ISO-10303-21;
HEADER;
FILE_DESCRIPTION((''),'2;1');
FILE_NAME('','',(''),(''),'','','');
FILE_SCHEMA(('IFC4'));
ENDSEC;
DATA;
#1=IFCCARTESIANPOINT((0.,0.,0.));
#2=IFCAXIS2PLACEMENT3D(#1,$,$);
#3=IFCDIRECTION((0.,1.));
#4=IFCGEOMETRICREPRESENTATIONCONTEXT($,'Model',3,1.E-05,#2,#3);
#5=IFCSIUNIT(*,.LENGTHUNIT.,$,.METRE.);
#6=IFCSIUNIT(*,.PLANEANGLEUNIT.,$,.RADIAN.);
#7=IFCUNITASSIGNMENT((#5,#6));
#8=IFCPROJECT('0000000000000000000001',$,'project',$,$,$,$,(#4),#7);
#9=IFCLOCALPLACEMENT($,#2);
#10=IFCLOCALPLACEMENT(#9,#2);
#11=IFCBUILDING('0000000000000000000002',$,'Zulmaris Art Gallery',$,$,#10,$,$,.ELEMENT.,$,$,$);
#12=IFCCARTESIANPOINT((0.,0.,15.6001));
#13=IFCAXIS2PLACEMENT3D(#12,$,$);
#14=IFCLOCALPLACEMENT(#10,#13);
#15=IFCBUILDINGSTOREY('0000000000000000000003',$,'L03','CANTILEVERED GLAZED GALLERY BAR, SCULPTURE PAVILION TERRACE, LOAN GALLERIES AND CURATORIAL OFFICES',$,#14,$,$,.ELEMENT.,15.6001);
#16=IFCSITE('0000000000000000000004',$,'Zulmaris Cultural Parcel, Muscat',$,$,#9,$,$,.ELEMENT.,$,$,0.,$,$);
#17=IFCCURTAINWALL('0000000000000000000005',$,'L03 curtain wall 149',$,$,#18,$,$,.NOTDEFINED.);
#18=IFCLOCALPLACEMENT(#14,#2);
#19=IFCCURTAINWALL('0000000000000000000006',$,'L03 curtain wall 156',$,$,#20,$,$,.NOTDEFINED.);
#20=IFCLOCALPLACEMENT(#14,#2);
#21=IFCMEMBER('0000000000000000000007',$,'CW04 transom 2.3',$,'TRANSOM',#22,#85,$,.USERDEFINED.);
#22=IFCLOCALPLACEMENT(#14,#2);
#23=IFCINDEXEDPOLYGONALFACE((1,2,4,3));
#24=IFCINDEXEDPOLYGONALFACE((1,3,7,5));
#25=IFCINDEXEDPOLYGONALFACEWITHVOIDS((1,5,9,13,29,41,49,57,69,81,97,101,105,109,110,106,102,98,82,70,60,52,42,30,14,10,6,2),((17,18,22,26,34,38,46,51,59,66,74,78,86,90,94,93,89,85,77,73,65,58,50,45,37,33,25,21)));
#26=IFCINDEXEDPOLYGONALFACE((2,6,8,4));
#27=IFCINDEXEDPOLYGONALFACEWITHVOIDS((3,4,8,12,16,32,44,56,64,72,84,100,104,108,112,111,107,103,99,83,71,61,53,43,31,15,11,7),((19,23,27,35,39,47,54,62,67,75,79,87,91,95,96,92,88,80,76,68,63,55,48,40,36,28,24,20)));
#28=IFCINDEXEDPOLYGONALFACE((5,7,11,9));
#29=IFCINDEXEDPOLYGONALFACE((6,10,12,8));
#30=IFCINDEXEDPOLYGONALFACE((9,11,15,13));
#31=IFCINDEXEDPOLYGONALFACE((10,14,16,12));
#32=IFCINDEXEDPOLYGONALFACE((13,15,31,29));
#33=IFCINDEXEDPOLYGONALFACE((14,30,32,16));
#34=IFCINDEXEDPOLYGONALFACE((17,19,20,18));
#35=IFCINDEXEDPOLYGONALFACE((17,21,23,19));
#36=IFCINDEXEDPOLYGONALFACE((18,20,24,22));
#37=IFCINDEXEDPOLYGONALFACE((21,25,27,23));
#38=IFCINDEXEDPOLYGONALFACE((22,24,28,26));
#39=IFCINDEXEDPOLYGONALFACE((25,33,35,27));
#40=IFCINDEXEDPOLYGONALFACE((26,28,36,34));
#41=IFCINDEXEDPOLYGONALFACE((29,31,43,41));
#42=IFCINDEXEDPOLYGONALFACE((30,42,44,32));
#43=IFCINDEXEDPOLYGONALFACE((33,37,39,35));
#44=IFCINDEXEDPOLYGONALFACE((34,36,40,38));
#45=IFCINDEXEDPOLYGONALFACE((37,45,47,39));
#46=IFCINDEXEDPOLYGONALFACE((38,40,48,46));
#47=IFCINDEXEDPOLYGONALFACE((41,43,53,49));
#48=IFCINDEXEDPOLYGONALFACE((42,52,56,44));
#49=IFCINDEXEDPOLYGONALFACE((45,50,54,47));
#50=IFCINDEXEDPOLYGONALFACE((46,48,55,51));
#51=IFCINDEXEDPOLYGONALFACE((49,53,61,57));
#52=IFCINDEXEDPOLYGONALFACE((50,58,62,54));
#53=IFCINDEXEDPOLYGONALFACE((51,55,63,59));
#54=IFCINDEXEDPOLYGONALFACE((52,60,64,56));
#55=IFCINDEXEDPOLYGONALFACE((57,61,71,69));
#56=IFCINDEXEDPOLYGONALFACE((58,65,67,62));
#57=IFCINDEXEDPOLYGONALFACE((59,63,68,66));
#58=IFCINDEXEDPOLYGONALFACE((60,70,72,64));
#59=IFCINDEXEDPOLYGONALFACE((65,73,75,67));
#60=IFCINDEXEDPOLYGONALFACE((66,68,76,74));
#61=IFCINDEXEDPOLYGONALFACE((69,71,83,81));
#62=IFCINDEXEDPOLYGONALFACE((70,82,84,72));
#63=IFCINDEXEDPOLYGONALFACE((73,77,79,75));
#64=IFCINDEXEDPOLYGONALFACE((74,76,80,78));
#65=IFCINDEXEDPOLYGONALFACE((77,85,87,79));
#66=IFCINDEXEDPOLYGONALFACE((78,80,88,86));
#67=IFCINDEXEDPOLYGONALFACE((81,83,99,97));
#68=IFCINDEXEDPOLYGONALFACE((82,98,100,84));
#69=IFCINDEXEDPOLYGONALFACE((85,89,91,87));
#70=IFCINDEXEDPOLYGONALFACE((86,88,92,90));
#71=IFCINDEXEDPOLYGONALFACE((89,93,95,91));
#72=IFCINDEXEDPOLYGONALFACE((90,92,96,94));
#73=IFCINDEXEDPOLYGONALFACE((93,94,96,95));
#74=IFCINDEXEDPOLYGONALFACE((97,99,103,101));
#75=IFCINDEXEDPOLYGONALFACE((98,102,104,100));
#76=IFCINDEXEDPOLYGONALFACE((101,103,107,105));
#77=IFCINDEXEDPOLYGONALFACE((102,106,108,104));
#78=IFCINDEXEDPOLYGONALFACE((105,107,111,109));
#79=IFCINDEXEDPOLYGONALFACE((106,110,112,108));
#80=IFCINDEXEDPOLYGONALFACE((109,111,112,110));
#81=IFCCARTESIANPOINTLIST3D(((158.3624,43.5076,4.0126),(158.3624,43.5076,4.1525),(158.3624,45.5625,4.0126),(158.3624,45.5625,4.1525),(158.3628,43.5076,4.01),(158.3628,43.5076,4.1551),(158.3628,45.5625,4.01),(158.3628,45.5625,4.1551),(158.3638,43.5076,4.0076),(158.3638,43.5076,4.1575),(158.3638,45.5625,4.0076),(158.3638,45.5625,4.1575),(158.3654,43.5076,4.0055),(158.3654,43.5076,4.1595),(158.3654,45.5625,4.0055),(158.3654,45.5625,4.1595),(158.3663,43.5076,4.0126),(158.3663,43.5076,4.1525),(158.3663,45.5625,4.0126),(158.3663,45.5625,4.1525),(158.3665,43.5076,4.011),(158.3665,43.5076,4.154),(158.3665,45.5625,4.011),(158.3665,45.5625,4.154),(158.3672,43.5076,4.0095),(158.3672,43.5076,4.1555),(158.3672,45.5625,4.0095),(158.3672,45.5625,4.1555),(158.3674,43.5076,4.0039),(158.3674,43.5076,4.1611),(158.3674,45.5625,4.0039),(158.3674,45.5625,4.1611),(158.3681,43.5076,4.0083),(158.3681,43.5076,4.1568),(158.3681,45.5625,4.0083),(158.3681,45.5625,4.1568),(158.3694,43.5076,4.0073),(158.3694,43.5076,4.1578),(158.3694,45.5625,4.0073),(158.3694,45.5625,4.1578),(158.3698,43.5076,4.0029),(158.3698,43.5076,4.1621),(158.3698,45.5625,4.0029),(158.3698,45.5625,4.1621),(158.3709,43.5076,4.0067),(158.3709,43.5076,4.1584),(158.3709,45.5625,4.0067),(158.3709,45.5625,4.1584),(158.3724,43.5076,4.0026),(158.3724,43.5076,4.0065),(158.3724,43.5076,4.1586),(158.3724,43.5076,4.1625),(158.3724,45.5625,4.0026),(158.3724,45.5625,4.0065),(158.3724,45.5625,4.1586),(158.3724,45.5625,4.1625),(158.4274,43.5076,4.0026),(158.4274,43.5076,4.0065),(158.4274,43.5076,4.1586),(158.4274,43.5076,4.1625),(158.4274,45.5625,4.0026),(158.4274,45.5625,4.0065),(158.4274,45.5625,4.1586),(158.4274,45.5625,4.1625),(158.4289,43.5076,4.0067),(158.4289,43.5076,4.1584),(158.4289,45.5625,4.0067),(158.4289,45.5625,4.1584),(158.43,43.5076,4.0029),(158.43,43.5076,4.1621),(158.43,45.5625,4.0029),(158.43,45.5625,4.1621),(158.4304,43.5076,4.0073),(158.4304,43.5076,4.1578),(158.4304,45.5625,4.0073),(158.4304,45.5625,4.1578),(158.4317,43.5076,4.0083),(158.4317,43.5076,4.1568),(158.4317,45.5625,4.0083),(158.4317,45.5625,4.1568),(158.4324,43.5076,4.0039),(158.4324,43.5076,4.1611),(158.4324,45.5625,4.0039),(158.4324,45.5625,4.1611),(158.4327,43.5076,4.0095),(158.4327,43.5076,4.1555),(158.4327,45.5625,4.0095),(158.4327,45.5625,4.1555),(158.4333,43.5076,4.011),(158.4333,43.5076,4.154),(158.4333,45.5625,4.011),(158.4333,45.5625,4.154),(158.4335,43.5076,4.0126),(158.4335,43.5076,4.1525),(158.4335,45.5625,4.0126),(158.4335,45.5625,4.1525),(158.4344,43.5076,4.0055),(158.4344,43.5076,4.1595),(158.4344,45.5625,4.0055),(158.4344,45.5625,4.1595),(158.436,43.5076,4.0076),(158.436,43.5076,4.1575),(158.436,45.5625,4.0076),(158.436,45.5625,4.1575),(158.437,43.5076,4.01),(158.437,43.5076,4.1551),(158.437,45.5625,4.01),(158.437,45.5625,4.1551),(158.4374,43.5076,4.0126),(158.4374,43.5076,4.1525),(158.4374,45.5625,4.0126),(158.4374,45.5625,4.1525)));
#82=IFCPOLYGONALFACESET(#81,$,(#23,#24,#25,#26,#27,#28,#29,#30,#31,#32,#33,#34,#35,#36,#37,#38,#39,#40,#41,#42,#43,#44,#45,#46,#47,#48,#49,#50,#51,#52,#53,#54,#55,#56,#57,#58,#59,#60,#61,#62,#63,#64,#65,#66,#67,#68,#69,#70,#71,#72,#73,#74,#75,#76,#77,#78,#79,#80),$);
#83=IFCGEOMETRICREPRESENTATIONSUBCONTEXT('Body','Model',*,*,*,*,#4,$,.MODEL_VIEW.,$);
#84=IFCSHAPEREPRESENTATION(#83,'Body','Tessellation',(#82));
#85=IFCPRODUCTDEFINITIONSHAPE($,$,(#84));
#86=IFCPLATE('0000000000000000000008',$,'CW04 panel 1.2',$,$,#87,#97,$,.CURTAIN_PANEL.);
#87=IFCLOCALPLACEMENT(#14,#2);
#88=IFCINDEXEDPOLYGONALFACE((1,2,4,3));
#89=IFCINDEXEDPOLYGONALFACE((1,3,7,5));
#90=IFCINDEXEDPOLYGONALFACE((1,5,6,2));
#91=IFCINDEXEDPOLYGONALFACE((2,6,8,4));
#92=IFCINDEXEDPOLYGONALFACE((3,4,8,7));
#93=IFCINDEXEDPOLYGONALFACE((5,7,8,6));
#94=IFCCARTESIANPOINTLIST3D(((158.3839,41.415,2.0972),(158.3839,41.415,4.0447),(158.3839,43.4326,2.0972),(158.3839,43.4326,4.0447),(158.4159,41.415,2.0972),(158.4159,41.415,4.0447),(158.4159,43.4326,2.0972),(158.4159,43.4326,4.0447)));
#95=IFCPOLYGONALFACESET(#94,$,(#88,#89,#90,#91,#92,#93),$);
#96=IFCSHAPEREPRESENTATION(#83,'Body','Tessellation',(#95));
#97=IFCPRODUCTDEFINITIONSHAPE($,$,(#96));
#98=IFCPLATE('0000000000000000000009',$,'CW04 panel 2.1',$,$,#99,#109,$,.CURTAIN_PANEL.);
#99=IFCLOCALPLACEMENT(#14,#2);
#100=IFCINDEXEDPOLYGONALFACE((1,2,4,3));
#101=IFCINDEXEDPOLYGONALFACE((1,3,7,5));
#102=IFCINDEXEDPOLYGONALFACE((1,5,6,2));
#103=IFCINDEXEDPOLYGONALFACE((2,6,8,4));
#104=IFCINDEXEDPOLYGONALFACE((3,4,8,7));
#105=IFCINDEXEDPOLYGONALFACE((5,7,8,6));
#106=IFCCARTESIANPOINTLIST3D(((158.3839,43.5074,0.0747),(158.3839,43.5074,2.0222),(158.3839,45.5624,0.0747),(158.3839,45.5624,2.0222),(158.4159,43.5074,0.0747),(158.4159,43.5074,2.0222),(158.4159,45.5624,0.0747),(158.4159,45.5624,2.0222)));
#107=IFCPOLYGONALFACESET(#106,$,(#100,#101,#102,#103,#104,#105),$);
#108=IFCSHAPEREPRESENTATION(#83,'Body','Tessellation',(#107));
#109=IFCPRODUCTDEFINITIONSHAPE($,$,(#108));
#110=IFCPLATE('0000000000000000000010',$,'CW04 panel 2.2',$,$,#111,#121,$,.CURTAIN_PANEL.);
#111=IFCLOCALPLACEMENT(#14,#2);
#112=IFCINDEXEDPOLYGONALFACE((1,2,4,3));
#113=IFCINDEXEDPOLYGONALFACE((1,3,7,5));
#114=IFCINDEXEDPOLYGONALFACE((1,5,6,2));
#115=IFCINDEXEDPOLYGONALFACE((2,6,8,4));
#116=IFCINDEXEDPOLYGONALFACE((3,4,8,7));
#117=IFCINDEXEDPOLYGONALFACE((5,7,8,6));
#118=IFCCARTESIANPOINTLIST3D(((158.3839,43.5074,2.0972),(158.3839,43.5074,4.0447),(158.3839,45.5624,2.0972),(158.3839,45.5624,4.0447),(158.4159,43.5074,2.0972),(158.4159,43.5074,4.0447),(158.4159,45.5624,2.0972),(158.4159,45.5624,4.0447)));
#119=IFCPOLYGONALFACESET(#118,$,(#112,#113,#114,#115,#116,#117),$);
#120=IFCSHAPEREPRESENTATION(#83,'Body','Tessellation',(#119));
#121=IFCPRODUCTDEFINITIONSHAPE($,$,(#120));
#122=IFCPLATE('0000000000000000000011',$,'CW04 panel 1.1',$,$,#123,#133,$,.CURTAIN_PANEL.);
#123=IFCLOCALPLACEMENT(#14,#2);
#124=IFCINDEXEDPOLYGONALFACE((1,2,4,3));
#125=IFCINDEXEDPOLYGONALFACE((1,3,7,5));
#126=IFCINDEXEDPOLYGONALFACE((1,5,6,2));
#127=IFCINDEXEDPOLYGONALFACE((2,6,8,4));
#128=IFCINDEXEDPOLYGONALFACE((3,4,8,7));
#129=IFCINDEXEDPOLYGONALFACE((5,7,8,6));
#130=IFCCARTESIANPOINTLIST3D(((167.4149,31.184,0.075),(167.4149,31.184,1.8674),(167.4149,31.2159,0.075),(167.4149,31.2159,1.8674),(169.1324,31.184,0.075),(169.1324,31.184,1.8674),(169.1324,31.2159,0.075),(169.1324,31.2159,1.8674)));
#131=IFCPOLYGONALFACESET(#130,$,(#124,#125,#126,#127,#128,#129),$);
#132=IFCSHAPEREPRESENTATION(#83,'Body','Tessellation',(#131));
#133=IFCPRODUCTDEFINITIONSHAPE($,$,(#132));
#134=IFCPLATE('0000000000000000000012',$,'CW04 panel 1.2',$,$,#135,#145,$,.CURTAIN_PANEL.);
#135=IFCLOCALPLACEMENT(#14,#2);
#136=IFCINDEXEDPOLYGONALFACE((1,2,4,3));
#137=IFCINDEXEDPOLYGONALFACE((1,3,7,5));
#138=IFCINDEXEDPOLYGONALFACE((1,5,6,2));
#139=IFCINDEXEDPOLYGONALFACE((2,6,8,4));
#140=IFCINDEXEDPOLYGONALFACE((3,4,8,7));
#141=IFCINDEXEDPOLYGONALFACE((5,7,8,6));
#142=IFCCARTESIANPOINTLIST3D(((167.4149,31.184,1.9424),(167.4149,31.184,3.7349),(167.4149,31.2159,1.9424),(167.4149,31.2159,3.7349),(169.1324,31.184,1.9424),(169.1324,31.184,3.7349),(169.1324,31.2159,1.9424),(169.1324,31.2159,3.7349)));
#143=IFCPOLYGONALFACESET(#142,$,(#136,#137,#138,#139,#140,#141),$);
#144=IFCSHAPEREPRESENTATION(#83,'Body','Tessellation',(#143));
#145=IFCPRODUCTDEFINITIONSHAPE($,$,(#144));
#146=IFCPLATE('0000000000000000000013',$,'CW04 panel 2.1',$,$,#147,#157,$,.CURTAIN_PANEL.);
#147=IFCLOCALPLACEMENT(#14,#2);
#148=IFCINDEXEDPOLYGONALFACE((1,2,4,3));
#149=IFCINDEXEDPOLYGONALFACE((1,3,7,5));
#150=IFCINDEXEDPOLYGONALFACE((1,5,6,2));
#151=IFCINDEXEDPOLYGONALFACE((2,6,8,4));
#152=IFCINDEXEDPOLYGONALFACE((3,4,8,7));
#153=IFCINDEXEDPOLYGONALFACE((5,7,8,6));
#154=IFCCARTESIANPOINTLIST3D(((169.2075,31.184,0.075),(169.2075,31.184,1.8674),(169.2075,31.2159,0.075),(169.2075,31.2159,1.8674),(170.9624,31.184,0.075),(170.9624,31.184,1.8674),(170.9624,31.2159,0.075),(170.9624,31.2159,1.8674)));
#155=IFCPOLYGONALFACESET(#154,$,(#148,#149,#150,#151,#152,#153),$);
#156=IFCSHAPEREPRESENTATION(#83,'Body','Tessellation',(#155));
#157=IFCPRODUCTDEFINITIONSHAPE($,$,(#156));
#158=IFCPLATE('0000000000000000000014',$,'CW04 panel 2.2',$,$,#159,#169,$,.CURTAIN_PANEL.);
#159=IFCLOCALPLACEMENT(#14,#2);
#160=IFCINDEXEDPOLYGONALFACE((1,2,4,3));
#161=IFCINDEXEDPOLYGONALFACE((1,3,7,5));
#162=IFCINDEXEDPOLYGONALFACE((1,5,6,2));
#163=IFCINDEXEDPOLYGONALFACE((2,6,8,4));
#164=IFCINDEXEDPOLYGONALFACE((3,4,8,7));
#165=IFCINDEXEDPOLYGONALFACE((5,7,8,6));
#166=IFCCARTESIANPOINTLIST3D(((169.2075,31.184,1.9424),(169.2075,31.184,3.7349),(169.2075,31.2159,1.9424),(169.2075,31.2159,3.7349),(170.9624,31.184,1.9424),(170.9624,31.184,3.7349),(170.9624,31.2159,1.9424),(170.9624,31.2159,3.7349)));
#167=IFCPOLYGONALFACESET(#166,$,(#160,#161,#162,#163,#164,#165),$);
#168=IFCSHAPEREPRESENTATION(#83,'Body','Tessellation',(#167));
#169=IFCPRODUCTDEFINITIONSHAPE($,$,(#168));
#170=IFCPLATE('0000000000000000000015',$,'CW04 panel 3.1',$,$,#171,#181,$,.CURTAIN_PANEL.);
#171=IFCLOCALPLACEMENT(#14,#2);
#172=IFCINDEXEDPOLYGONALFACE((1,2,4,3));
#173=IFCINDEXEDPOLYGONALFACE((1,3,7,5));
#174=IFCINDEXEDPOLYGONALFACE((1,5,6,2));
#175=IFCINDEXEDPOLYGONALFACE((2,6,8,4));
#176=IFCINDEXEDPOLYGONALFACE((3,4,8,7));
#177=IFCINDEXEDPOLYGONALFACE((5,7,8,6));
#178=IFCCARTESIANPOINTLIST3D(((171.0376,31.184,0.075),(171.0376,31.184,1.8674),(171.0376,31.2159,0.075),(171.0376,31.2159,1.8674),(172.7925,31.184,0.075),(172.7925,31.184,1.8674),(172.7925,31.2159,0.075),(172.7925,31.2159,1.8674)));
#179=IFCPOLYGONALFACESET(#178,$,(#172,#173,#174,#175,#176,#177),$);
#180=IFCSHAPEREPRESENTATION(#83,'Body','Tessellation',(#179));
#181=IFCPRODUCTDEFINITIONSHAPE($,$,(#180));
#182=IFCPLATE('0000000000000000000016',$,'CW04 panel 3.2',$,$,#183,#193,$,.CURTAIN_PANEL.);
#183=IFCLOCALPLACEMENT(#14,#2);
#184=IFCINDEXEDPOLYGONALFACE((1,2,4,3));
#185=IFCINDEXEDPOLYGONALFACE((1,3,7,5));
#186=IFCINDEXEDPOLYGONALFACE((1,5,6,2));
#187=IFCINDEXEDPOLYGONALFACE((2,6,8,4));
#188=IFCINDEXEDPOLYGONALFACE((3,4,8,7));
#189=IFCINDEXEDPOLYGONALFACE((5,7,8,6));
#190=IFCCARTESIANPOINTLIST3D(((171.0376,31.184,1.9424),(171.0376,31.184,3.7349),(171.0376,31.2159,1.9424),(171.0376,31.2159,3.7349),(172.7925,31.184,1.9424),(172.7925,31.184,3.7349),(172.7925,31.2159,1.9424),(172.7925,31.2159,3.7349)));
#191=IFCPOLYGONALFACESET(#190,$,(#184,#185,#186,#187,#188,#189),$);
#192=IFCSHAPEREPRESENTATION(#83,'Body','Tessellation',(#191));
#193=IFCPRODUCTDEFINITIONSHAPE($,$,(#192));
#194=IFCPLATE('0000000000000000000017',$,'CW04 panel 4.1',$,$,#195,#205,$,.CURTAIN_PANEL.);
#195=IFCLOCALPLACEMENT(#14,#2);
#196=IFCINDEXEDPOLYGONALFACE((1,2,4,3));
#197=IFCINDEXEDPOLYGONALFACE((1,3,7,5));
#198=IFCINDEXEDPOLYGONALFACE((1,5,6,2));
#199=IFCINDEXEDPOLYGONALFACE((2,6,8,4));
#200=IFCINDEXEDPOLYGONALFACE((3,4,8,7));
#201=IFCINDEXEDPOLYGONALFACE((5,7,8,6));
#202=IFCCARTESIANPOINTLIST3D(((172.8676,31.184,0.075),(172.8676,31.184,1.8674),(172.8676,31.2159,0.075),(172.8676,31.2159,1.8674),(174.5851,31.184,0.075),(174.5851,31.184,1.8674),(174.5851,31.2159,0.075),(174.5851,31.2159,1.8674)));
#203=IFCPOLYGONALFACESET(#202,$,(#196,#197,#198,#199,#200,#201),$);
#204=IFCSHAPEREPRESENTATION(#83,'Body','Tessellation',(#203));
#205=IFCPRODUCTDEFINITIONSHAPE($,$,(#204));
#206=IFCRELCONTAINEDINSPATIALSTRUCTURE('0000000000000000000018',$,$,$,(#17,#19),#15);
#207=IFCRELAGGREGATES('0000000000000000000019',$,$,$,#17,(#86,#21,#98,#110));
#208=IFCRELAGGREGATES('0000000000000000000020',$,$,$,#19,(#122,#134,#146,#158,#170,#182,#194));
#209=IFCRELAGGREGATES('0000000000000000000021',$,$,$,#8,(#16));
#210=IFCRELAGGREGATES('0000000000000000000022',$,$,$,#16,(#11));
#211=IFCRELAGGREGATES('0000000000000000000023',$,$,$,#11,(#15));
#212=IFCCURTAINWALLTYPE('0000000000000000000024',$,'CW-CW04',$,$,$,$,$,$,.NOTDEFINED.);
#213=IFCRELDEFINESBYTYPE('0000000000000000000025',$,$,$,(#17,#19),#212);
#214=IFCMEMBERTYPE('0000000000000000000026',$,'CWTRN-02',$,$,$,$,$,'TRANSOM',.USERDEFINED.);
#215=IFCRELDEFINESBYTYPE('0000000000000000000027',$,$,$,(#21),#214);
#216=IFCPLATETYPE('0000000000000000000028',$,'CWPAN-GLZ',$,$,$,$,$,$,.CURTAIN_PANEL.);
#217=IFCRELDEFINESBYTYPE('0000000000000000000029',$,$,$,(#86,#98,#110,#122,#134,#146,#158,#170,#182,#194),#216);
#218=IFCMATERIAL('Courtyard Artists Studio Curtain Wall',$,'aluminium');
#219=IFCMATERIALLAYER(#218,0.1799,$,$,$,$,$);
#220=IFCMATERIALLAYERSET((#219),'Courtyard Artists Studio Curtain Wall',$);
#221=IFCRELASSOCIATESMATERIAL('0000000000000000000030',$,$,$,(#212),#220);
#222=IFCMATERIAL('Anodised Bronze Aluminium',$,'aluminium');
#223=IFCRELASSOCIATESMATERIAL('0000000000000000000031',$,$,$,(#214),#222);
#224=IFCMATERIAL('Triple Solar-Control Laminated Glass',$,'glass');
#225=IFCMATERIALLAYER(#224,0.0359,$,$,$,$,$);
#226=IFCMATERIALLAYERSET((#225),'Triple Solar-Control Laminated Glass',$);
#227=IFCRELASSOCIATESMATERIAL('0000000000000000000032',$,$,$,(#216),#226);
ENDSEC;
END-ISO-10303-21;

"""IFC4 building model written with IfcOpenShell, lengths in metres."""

from ifc_helpers import new_model, si_unit, direction, frame, origin, origin_2d, place, context, subcontext, project, spatial, rectangle, hollow_rectangle, extrude, material, layer, layer_set, material_profile, profile_set, type_object, element, aggregate, save


model = new_model("IFC4")

# Units and contexts
model_context = context("Model", 3, precision=1e-05, world=origin(), true_north=direction((0.0, 1.0)))
body_context = subcontext(model_context, "Body", "Model", "MODEL_VIEW")
ifc_project = project(units=[si_unit("LENGTHUNIT", "METRE"), si_unit("PLANEANGLEUNIT", "RADIAN")], contexts=[model_context])

# Site, building, storey
site_placement = place(None, origin())
site = spatial("IfcSite", under=ifc_project, at=site_placement, Name="Zulmaris Cultural Parcel, Muscat", CompositionType="ELEMENT", RefElevation=0.0)
building_placement = place(site_placement, origin())
building = spatial("IfcBuilding", under=site, at=building_placement, Name="Zulmaris Art Gallery", CompositionType="ELEMENT")
storey_placement = place(building_placement, frame((0.0, 0.0, 15.6001)))
storey = spatial("IfcBuildingStorey", under=building, at=storey_placement, Name="L03", Description="CANTILEVERED GLAZED GALLERY BAR, SCULPTURE PAVILION TERRACE, LOAN GALLERIES AND CURATORIAL OFFICES", CompositionType="ELEMENT", Elevation=15.6001)

# Curtain wall
ifc_material_1 = material(Name="Courtyard Artists Studio Curtain Wall", Category="aluminium")
ifc_layer_1 = layer(ifc_material_1, 0.1799)
ifc_layer_set_1 = layer_set([ifc_layer_1], Name="Courtyard Artists Studio Curtain Wall")
curtain_wall_type = type_object("IfcCurtainWallType", Name="CW-CW04", PredefinedType="NOTDEFINED", material=ifc_layer_set_1)
curtain_wall_1_placement = place(storey_placement, origin())
curtain_wall_1 = element("IfcCurtainWall", 1, at=curtain_wall_1_placement, inside=storey, type_object=curtain_wall_type, Name="L03 curtain wall 149", PredefinedType="NOTDEFINED")
ifc_material_2 = material(Name="Anodised Bronze Aluminium", Category="aluminium")

# Curtain wall
curtain_wall_2_placement = place(storey_placement, origin())
curtain_wall_2 = element("IfcCurtainWall", 2, at=curtain_wall_2_placement, inside=storey, type_object=curtain_wall_type, Name="L03 curtain wall 156", PredefinedType="NOTDEFINED")

# Member
ifc_material_profile_1 = material_profile(ifc_material_2, hollow_rectangle(XDim=0.075, YDim=0.1599, WallThickness=0.0039, InnerFilletRadius=0.0061, OuterFilletRadius=0.01, at=origin_2d()), Name="ALU 75x160x4")
ifc_profile_set_1 = profile_set([ifc_material_profile_1], Name="Anodised Bronze Aluminium")
member_type_1 = type_object("IfcMemberType", Name="CWTRN-02", ElementType="TRANSOM", PredefinedType="USERDEFINED", material=ifc_profile_set_1)
member_1_placement = place(storey_placement, frame((158.3999, 43.5076, 4.0825), z_axis=(0.0, 1.0, 0.0), x_axis=(-1.0, 0.0, 0.0)))
member_1 = element("IfcMember", 3, at=member_1_placement, type_object=member_type_1, Name="CW04 transom 2.3", ObjectType="TRANSOM", PredefinedType="USERDEFINED", context=body_context, shape_type="SweptSolid", body=[
    extrude(hollow_rectangle(XDim=0.075, YDim=0.1599, WallThickness=0.0039, InnerFilletRadius=0.0061, OuterFilletRadius=0.01, at=origin_2d()), origin(), (0.0, 0.0, 1.0), 2.0549),
])

# Plates
ifc_material_3 = material(Name="Triple Solar-Control Laminated Glass", Category="glass")
ifc_layer_2 = layer(ifc_material_3, 0.0359)
ifc_layer_set_2 = layer_set([ifc_layer_2], Name="Triple Solar-Control Laminated Glass")
plate_type = type_object("IfcPlateType", Name="CWPAN-GLZ", PredefinedType="CURTAIN_PANEL", material=ifc_layer_set_2)
plate_1_placement = place(storey_placement, frame((158.3999, 42.4238, 2.0972), z_axis=(0.0, 0.0, 1.0), x_axis=(0.0, 1.0, 0.0)))
plate_1 = element("IfcPlate", 4, at=plate_1_placement, type_object=plate_type, Name="CW04 panel 1.2", PredefinedType="CURTAIN_PANEL", context=body_context, shape_type="SweptSolid", body=[
    extrude(rectangle(XDim=2.0176, YDim=0.032, at=origin_2d()), origin(), (0.0, 0.0, 1.0), 1.9475),
])
plate_2_placement = place(storey_placement, frame((158.3999, 44.5349, 0.0747), z_axis=(0.0, 0.0, 1.0), x_axis=(0.0, 1.0, 0.0)))
plate_2 = element("IfcPlate", 5, at=plate_2_placement, type_object=plate_type, Name="CW04 panel 2.1", PredefinedType="CURTAIN_PANEL", context=body_context, shape_type="SweptSolid", body=[
    extrude(rectangle(XDim=2.0549, YDim=0.032, at=origin_2d()), origin(), (0.0, 0.0, 1.0), 1.9475),
])
plate_3_placement = place(storey_placement, frame((158.3999, 44.5349, 2.0972), z_axis=(0.0, 0.0, 1.0), x_axis=(0.0, 1.0, 0.0)))
plate_3 = element("IfcPlate", 6, at=plate_3_placement, type_object=plate_type, Name="CW04 panel 2.2", PredefinedType="CURTAIN_PANEL", context=body_context, shape_type="SweptSolid", body=[
    extrude(rectangle(XDim=2.0549, YDim=0.032, at=origin_2d()), origin(), (0.0, 0.0, 1.0), 1.9475),
])
aggregate(curtain_wall_1, [plate_1, member_1, plate_2, plate_3])
plate_4_placement = place(storey_placement, frame((168.2737, 31.2, 0.075), z_axis=(0.0, 0.0, 1.0), x_axis=(1.0, 0.0, 0.0)))
plate_4 = element("IfcPlate", 7, at=plate_4_placement, type_object=plate_type, Name="CW04 panel 1.1", PredefinedType="CURTAIN_PANEL", context=body_context, shape_type="SweptSolid", body=[
    extrude(rectangle(XDim=1.7175, YDim=0.032, at=origin_2d()), origin(), (0.0, 0.0, 1.0), 1.7925),
])
plate_5_placement = place(storey_placement, frame((168.2737, 31.2, 1.9424), z_axis=(0.0, 0.0, 1.0), x_axis=(1.0, 0.0, 0.0)))
plate_5 = element("IfcPlate", 8, at=plate_5_placement, type_object=plate_type, Name="CW04 panel 1.2", PredefinedType="CURTAIN_PANEL", context=body_context, shape_type="SweptSolid", body=[
    extrude(rectangle(XDim=1.7175, YDim=0.032, at=origin_2d()), origin(), (0.0, 0.0, 1.0), 1.7925),
])
plate_6_placement = place(storey_placement, frame((170.085, 31.2, 0.075), z_axis=(0.0, 0.0, 1.0), x_axis=(1.0, 0.0, 0.0)))
plate_6 = element("IfcPlate", 9, at=plate_6_placement, type_object=plate_type, Name="CW04 panel 2.1", PredefinedType="CURTAIN_PANEL", context=body_context, shape_type="SweptSolid", body=[
    extrude(rectangle(XDim=1.7549, YDim=0.032, at=origin_2d()), origin(), (0.0, 0.0, 1.0), 1.7925),
])
plate_7_placement = place(storey_placement, frame((170.085, 31.2, 1.9424), z_axis=(0.0, 0.0, 1.0), x_axis=(1.0, 0.0, 0.0)))
plate_7 = element("IfcPlate", 10, at=plate_7_placement, type_object=plate_type, Name="CW04 panel 2.2", PredefinedType="CURTAIN_PANEL", context=body_context, shape_type="SweptSolid", body=[
    extrude(rectangle(XDim=1.7549, YDim=0.032, at=origin_2d()), origin(), (0.0, 0.0, 1.0), 1.7925),
])
plate_8_placement = place(storey_placement, frame((171.915, 31.2, 0.075), z_axis=(0.0, 0.0, 1.0), x_axis=(1.0, 0.0, 0.0)))
plate_8 = element("IfcPlate", 11, at=plate_8_placement, type_object=plate_type, Name="CW04 panel 3.1", PredefinedType="CURTAIN_PANEL", context=body_context, shape_type="SweptSolid", body=[
    extrude(rectangle(XDim=1.7549, YDim=0.032, at=origin_2d()), origin(), (0.0, 0.0, 1.0), 1.7925),
])
plate_9_placement = place(storey_placement, frame((171.915, 31.2, 1.9424), z_axis=(0.0, 0.0, 1.0), x_axis=(1.0, 0.0, 0.0)))
plate_9 = element("IfcPlate", 12, at=plate_9_placement, type_object=plate_type, Name="CW04 panel 3.2", PredefinedType="CURTAIN_PANEL", context=body_context, shape_type="SweptSolid", body=[
    extrude(rectangle(XDim=1.7549, YDim=0.032, at=origin_2d()), origin(), (0.0, 0.0, 1.0), 1.7925),
])
plate_10_placement = place(storey_placement, frame((173.7263, 31.2, 0.075), z_axis=(0.0, 0.0, 1.0), x_axis=(1.0, 0.0, 0.0)))
plate_10 = element("IfcPlate", 13, at=plate_10_placement, type_object=plate_type, Name="CW04 panel 4.1", PredefinedType="CURTAIN_PANEL", context=body_context, shape_type="SweptSolid", body=[
    extrude(rectangle(XDim=1.7175, YDim=0.032, at=origin_2d()), origin(), (0.0, 0.0, 1.0), 1.7925),
])
aggregate(curtain_wall_2, [plate_4, plate_5, plate_6, plate_7, plate_8, plate_9, plate_10])

save(model, "model.ifc")
